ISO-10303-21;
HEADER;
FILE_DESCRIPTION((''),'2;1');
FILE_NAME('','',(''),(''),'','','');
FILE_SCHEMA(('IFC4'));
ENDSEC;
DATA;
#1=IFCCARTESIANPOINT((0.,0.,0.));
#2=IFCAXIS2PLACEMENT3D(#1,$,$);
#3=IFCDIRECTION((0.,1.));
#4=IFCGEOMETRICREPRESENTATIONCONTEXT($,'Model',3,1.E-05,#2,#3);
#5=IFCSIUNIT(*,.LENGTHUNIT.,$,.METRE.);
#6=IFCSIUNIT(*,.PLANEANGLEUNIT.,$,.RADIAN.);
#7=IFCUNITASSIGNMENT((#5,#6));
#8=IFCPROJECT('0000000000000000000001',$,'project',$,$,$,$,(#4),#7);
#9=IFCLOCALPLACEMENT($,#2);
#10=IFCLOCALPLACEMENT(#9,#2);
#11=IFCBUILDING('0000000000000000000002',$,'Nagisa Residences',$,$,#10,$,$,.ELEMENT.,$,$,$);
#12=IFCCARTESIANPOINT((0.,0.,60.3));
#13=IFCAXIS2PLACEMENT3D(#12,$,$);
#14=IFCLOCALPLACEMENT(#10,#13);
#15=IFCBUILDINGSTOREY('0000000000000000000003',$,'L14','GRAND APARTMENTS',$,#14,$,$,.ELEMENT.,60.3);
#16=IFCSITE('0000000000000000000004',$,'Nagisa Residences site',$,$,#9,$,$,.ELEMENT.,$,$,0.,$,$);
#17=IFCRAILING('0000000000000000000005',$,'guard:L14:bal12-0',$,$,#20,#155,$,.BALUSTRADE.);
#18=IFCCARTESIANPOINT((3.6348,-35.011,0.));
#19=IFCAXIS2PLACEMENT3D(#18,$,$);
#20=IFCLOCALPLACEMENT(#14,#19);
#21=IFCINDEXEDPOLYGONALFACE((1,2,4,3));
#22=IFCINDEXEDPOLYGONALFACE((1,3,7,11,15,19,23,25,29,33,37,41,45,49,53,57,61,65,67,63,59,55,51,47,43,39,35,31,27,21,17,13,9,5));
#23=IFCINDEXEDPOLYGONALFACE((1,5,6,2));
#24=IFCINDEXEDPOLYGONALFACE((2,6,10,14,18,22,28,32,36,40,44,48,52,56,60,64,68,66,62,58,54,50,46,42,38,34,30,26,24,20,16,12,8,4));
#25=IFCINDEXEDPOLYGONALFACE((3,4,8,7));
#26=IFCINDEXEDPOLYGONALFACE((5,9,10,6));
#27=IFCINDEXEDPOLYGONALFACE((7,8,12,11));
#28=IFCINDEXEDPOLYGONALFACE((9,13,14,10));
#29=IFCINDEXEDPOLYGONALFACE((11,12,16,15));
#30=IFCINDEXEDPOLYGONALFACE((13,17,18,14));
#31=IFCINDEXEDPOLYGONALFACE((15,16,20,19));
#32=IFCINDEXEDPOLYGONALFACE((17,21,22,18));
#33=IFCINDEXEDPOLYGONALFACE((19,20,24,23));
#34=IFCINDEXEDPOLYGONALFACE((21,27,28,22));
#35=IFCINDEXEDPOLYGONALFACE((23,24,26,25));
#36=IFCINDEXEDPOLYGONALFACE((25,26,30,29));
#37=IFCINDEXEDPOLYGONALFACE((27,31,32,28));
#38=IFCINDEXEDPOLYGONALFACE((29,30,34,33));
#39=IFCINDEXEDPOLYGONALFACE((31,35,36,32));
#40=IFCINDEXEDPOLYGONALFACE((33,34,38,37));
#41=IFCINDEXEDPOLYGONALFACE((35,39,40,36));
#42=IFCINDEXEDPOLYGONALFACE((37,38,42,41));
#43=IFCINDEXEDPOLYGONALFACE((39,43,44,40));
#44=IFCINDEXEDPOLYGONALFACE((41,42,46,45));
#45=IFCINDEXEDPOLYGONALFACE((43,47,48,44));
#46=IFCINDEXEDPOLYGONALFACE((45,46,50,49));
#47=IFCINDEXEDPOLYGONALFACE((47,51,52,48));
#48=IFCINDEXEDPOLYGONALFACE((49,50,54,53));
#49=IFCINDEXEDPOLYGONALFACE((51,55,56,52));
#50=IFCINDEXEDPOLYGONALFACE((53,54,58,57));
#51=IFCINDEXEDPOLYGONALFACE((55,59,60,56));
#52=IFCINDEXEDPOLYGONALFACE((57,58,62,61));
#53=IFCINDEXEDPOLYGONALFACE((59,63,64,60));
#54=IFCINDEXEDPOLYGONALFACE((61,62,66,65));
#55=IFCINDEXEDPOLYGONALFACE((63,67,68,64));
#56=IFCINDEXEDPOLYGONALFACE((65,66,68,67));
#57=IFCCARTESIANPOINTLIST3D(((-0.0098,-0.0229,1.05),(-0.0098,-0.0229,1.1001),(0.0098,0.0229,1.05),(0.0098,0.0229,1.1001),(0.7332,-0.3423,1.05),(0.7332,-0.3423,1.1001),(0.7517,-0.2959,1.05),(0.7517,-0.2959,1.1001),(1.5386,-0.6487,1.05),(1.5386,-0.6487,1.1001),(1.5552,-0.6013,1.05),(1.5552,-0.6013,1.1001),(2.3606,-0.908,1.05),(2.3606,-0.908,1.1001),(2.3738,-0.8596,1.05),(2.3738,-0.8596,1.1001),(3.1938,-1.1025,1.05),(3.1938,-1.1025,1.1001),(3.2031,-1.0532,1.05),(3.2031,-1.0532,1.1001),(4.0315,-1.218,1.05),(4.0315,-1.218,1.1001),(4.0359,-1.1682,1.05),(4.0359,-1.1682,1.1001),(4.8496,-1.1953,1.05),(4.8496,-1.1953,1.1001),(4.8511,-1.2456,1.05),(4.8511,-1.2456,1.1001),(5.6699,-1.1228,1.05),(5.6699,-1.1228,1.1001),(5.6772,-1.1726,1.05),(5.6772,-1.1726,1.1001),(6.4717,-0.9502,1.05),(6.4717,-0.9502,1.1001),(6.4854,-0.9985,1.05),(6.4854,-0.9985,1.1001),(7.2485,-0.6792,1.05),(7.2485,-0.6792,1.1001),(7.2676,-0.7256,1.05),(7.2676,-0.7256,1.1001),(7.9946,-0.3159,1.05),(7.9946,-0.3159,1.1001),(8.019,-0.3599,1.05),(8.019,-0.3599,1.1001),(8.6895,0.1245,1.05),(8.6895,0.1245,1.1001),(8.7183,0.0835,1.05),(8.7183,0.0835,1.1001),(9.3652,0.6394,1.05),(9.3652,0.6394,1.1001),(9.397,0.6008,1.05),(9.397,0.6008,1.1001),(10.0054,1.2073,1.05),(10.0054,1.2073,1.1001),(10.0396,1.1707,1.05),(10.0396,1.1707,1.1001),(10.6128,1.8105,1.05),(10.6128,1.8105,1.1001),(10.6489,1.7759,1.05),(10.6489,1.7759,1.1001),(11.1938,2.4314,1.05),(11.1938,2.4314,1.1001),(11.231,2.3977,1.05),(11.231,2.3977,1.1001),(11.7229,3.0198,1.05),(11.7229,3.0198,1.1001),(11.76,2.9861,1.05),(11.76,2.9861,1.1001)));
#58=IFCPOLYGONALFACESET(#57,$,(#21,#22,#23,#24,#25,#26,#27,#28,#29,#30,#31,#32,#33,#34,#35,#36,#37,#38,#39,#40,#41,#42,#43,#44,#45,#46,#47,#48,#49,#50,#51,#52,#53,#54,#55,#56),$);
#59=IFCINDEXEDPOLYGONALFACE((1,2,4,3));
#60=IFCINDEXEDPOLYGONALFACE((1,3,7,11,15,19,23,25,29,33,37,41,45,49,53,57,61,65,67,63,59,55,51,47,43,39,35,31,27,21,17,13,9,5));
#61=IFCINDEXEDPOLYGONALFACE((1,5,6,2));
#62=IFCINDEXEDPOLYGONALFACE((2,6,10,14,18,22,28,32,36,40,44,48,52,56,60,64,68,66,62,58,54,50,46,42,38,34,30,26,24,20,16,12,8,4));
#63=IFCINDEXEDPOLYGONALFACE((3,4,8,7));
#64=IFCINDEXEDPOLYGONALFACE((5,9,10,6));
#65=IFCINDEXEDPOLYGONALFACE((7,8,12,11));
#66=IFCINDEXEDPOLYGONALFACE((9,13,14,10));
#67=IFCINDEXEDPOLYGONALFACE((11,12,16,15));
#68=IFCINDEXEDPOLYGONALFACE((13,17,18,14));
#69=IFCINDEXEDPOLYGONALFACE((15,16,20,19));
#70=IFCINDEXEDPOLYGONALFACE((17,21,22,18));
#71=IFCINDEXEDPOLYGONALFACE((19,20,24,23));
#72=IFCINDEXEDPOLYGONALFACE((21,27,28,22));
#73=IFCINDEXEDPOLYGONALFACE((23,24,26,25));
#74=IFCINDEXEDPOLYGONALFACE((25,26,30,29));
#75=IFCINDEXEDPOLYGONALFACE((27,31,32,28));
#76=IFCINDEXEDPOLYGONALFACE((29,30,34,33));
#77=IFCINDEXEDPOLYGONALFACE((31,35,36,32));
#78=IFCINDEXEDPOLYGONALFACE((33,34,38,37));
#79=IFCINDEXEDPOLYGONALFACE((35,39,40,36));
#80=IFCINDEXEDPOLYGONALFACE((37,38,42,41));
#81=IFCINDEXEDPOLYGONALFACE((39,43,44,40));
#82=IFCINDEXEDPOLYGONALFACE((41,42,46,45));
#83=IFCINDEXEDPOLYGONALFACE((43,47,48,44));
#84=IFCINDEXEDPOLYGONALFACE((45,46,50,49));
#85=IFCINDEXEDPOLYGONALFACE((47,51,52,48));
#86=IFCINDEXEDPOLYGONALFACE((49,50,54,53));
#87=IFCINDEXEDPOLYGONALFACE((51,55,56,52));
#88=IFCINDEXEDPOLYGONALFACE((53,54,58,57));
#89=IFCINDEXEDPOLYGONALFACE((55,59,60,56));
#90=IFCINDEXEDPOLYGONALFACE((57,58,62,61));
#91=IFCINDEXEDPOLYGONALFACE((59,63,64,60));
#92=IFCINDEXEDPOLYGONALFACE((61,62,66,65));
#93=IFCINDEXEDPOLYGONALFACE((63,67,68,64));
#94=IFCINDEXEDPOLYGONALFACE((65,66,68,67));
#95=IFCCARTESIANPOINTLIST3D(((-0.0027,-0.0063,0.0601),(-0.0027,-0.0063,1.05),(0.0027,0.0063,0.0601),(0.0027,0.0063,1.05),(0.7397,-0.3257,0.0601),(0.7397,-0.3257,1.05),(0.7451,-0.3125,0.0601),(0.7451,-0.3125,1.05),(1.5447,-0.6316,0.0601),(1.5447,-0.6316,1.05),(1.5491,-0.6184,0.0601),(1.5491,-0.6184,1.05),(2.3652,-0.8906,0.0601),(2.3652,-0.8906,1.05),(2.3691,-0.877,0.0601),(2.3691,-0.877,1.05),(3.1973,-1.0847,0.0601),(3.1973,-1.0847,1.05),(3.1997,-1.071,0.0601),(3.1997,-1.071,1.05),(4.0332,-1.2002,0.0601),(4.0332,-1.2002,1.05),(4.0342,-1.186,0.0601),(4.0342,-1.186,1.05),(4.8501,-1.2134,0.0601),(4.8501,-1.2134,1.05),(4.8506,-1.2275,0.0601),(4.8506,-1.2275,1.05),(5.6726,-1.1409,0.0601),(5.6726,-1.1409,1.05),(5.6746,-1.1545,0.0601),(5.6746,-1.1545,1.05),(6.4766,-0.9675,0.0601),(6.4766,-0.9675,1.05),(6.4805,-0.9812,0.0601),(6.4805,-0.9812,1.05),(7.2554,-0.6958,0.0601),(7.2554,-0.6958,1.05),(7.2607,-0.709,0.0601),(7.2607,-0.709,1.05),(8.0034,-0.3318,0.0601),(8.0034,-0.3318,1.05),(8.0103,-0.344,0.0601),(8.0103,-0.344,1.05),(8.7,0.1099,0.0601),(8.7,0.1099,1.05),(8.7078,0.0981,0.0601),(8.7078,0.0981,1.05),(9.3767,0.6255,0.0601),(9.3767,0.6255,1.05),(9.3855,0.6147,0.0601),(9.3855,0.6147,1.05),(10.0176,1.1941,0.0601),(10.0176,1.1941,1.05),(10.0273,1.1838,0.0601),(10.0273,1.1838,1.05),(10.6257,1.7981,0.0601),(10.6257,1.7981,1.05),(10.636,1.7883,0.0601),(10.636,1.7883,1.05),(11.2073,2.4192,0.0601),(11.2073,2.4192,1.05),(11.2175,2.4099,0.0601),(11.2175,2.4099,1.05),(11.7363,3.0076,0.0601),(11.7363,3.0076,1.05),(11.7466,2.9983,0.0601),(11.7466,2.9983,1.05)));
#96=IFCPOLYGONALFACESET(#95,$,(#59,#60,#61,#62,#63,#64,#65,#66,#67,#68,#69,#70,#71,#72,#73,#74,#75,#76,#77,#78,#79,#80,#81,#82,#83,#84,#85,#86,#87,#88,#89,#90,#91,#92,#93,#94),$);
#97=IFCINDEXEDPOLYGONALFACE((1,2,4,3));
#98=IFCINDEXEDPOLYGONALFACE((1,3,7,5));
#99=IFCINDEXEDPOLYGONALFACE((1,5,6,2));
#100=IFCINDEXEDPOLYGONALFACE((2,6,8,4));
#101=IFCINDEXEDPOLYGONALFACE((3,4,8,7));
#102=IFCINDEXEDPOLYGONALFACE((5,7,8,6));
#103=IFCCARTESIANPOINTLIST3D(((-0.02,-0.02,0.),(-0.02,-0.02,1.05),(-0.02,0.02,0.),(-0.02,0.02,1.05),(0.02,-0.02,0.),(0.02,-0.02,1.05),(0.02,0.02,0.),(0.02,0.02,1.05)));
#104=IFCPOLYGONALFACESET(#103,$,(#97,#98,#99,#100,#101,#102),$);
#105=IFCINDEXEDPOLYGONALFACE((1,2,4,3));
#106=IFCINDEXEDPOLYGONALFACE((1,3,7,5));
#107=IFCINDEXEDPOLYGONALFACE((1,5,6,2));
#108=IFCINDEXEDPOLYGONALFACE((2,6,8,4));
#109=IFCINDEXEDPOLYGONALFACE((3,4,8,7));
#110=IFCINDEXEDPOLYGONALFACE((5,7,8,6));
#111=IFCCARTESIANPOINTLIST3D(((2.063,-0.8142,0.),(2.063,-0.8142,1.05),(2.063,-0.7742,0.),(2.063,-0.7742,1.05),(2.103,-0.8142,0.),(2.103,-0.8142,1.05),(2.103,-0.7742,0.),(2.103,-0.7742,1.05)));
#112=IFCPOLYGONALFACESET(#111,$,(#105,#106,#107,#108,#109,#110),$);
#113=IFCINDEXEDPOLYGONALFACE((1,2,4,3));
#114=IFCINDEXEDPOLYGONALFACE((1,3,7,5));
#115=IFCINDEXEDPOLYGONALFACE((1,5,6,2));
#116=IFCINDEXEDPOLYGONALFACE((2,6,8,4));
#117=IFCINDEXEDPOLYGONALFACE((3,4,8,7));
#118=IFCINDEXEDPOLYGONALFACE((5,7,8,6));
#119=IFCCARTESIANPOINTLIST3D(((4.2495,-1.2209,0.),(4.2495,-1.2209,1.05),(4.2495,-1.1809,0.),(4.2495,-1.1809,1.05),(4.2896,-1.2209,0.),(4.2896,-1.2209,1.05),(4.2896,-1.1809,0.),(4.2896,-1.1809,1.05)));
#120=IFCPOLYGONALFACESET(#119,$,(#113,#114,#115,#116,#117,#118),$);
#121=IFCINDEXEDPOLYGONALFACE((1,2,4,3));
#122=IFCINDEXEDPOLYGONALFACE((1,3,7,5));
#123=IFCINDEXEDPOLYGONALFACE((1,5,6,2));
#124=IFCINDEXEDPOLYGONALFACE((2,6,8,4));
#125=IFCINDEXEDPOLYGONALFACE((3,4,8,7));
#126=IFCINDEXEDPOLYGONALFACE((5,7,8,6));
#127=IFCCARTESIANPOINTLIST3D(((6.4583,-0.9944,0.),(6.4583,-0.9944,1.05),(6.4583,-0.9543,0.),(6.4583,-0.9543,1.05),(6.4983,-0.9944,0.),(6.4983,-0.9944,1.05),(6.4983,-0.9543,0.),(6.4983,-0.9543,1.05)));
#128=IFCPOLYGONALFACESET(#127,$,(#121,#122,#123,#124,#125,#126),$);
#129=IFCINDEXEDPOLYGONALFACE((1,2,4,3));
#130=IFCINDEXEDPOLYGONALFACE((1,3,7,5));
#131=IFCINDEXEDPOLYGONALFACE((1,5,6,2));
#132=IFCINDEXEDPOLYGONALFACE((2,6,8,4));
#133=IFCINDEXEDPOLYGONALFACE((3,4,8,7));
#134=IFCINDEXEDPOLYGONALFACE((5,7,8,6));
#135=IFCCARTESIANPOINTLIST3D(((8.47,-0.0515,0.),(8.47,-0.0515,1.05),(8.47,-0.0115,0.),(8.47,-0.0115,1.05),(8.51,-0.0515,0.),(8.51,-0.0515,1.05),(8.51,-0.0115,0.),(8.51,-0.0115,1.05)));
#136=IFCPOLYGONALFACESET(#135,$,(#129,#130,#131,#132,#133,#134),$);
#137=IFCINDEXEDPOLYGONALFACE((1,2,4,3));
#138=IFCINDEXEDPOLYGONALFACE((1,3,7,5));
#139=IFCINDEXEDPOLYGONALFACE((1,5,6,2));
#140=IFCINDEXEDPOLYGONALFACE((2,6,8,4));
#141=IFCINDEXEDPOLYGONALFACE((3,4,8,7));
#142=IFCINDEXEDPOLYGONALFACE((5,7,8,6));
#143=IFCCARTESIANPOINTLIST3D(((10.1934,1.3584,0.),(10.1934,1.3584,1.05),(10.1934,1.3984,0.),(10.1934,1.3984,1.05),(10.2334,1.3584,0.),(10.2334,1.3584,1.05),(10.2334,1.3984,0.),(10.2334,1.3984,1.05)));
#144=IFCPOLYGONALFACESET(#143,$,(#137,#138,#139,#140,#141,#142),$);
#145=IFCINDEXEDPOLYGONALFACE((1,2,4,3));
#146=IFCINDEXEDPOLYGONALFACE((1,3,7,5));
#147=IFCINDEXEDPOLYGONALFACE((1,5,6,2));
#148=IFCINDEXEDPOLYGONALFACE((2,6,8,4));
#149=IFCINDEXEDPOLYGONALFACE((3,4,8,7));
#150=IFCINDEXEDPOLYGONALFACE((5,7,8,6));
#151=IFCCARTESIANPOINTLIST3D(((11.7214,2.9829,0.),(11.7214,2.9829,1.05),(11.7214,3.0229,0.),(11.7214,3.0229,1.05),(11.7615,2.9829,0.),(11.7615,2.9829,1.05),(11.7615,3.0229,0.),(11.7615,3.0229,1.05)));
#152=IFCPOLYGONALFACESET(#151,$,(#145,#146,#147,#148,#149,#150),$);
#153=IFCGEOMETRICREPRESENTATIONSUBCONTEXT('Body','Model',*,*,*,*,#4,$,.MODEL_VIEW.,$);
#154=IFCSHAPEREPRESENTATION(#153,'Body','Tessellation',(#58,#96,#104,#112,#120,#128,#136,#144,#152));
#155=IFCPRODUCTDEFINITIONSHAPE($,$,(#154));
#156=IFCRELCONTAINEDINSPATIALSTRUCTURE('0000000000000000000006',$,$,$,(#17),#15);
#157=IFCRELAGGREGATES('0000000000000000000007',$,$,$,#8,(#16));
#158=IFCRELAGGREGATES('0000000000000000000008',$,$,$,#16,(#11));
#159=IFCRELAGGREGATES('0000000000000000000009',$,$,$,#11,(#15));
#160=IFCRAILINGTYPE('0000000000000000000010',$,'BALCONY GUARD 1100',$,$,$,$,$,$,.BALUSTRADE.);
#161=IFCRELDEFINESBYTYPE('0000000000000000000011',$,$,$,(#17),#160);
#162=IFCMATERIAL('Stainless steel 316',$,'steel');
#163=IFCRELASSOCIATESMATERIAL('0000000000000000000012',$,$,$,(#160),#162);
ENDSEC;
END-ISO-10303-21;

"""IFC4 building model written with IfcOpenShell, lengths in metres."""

from ifc_helpers import new_model, si_unit, direction, frame, origin, origin_2d, place, context, subcontext, project, spatial, polyline, rectangle, outline, extrude, material, type_object, element, save


model = new_model("IFC4")

# Units and contexts
model_context = context("Model", 3, precision=1e-05, world=origin(), true_north=direction((0.0, 1.0)))
body_context = subcontext(model_context, "Body", "Model", "MODEL_VIEW")
ifc_project = project(units=[si_unit("LENGTHUNIT", "METRE"), si_unit("PLANEANGLEUNIT", "RADIAN")], contexts=[model_context])

# Site, building, storey
site_placement = place(None, origin())
site = spatial("IfcSite", under=ifc_project, at=site_placement, Name="Nagisa Residences site", CompositionType="ELEMENT", RefElevation=0.0)
building_placement = place(site_placement, origin())
building = spatial("IfcBuilding", under=site, at=building_placement, Name="Nagisa Residences", CompositionType="ELEMENT")
storey_placement = place(building_placement, frame((0.0, 0.0, 60.3)))
storey = spatial("IfcBuildingStorey", under=building, at=storey_placement, Name="L14", Description="GRAND APARTMENTS", CompositionType="ELEMENT", Elevation=60.3)

# Railing
ifc_material_1 = material(Name="Stainless steel 316", Category="steel")
railing_type = type_object("IfcRailingType", Name="BALCONY GUARD 1100", PredefinedType="BALUSTRADE", material=ifc_material_1)
railing_placement = place(storey_placement, frame((3.6348, -35.011, 0.0)))
element("IfcRailing", 1, at=railing_placement, inside=storey, type_object=railing_type, Name="guard:L14:bal12-0", PredefinedType="BALUSTRADE", context=body_context, shape_type="SweptSolid", body=[
    extrude(outline(polyline([(0.7517, -0.2959), (0.0098, 0.0229), (-0.0098, -0.0229), (0.7332, -0.3423), (1.5386, -0.6487), (2.3606, -0.908), (3.1938, -1.1025), (4.0315, -1.218), (4.8511, -1.2456), (5.6772, -1.1726), (6.4854, -0.9985), (7.2676, -0.7256), (8.019, -0.3599), (8.7183, 0.0835), (9.397, 0.6008), (10.0396, 1.1707), (10.6489, 1.7759), (11.231, 2.3977), (11.76, 2.9861), (11.7229, 3.0198), (11.1938, 2.4314), (10.6128, 1.8105), (10.0054, 1.2073), (9.3652, 0.6394), (8.6895, 0.1245), (7.9946, -0.3159), (7.2485, -0.6792), (6.4717, -0.9502), (5.6699, -1.1228), (4.8496, -1.1953), (4.0359, -1.1682), (3.2031, -1.0532), (2.3738, -0.8596), (1.5552, -0.6013), (0.7517, -0.2959)])), frame((0.0, 0.0, 1.05)), (0.0, 0.0, 1.0), 0.05),
    extrude(outline(polyline([(0.7451, -0.3125), (0.0027, 0.0063), (-0.0027, -0.0063), (0.7397, -0.3257), (1.5447, -0.6316), (2.3652, -0.8906), (3.1973, -1.0847), (4.0332, -1.2002), (4.8506, -1.2275), (5.6746, -1.1545), (6.4805, -0.9812), (7.2607, -0.709), (8.0103, -0.344), (8.7078, 0.0981), (9.3855, 0.6147), (10.0273, 1.1838), (10.636, 1.7883), (11.2175, 2.4099), (11.7466, 2.9983), (11.7363, 3.0076), (11.2073, 2.4192), (10.6257, 1.7981), (10.0176, 1.1941), (9.3767, 0.6255), (8.7, 0.1099), (8.0034, -0.3318), (7.2554, -0.6958), (6.4766, -0.9675), (5.6726, -1.1409), (4.8501, -1.2134), (4.0342, -1.186), (3.1997, -1.071), (2.3691, -0.877), (1.5491, -0.6184), (0.7451, -0.3125)])), frame((0.0, 0.0, 0.0601)), (0.0, 0.0, 1.0), 0.99),
    extrude(rectangle(XDim=0.04, YDim=0.04, at=origin_2d()), origin(), (0.0, 0.0, 1.0), 1.05),
    extrude(rectangle(XDim=0.04, YDim=0.04, at=origin_2d()), frame((2.083, -0.7942, 0.0)), (0.0, 0.0, 1.0), 1.05),
    extrude(rectangle(XDim=0.04, YDim=0.04, at=origin_2d()), frame((4.2695, -1.2009, 0.0)), (0.0, 0.0, 1.0), 1.05),
    extrude(rectangle(XDim=0.04, YDim=0.04, at=origin_2d()), frame((6.4783, -0.9744, 0.0)), (0.0, 0.0, 1.0), 1.05),
    extrude(rectangle(XDim=0.04, YDim=0.04, at=origin_2d()), frame((8.49, -0.0315, 0.0)), (0.0, 0.0, 1.0), 1.05),
    extrude(rectangle(XDim=0.04, YDim=0.04, at=origin_2d()), frame((10.2134, 1.3784, 0.0)), (0.0, 0.0, 1.0), 1.05),
    extrude(rectangle(XDim=0.04, YDim=0.04, at=origin_2d()), frame((11.7415, 3.0029, 0.0)), (0.0, 0.0, 1.0), 1.05),
])

save(model, "model.ifc")
